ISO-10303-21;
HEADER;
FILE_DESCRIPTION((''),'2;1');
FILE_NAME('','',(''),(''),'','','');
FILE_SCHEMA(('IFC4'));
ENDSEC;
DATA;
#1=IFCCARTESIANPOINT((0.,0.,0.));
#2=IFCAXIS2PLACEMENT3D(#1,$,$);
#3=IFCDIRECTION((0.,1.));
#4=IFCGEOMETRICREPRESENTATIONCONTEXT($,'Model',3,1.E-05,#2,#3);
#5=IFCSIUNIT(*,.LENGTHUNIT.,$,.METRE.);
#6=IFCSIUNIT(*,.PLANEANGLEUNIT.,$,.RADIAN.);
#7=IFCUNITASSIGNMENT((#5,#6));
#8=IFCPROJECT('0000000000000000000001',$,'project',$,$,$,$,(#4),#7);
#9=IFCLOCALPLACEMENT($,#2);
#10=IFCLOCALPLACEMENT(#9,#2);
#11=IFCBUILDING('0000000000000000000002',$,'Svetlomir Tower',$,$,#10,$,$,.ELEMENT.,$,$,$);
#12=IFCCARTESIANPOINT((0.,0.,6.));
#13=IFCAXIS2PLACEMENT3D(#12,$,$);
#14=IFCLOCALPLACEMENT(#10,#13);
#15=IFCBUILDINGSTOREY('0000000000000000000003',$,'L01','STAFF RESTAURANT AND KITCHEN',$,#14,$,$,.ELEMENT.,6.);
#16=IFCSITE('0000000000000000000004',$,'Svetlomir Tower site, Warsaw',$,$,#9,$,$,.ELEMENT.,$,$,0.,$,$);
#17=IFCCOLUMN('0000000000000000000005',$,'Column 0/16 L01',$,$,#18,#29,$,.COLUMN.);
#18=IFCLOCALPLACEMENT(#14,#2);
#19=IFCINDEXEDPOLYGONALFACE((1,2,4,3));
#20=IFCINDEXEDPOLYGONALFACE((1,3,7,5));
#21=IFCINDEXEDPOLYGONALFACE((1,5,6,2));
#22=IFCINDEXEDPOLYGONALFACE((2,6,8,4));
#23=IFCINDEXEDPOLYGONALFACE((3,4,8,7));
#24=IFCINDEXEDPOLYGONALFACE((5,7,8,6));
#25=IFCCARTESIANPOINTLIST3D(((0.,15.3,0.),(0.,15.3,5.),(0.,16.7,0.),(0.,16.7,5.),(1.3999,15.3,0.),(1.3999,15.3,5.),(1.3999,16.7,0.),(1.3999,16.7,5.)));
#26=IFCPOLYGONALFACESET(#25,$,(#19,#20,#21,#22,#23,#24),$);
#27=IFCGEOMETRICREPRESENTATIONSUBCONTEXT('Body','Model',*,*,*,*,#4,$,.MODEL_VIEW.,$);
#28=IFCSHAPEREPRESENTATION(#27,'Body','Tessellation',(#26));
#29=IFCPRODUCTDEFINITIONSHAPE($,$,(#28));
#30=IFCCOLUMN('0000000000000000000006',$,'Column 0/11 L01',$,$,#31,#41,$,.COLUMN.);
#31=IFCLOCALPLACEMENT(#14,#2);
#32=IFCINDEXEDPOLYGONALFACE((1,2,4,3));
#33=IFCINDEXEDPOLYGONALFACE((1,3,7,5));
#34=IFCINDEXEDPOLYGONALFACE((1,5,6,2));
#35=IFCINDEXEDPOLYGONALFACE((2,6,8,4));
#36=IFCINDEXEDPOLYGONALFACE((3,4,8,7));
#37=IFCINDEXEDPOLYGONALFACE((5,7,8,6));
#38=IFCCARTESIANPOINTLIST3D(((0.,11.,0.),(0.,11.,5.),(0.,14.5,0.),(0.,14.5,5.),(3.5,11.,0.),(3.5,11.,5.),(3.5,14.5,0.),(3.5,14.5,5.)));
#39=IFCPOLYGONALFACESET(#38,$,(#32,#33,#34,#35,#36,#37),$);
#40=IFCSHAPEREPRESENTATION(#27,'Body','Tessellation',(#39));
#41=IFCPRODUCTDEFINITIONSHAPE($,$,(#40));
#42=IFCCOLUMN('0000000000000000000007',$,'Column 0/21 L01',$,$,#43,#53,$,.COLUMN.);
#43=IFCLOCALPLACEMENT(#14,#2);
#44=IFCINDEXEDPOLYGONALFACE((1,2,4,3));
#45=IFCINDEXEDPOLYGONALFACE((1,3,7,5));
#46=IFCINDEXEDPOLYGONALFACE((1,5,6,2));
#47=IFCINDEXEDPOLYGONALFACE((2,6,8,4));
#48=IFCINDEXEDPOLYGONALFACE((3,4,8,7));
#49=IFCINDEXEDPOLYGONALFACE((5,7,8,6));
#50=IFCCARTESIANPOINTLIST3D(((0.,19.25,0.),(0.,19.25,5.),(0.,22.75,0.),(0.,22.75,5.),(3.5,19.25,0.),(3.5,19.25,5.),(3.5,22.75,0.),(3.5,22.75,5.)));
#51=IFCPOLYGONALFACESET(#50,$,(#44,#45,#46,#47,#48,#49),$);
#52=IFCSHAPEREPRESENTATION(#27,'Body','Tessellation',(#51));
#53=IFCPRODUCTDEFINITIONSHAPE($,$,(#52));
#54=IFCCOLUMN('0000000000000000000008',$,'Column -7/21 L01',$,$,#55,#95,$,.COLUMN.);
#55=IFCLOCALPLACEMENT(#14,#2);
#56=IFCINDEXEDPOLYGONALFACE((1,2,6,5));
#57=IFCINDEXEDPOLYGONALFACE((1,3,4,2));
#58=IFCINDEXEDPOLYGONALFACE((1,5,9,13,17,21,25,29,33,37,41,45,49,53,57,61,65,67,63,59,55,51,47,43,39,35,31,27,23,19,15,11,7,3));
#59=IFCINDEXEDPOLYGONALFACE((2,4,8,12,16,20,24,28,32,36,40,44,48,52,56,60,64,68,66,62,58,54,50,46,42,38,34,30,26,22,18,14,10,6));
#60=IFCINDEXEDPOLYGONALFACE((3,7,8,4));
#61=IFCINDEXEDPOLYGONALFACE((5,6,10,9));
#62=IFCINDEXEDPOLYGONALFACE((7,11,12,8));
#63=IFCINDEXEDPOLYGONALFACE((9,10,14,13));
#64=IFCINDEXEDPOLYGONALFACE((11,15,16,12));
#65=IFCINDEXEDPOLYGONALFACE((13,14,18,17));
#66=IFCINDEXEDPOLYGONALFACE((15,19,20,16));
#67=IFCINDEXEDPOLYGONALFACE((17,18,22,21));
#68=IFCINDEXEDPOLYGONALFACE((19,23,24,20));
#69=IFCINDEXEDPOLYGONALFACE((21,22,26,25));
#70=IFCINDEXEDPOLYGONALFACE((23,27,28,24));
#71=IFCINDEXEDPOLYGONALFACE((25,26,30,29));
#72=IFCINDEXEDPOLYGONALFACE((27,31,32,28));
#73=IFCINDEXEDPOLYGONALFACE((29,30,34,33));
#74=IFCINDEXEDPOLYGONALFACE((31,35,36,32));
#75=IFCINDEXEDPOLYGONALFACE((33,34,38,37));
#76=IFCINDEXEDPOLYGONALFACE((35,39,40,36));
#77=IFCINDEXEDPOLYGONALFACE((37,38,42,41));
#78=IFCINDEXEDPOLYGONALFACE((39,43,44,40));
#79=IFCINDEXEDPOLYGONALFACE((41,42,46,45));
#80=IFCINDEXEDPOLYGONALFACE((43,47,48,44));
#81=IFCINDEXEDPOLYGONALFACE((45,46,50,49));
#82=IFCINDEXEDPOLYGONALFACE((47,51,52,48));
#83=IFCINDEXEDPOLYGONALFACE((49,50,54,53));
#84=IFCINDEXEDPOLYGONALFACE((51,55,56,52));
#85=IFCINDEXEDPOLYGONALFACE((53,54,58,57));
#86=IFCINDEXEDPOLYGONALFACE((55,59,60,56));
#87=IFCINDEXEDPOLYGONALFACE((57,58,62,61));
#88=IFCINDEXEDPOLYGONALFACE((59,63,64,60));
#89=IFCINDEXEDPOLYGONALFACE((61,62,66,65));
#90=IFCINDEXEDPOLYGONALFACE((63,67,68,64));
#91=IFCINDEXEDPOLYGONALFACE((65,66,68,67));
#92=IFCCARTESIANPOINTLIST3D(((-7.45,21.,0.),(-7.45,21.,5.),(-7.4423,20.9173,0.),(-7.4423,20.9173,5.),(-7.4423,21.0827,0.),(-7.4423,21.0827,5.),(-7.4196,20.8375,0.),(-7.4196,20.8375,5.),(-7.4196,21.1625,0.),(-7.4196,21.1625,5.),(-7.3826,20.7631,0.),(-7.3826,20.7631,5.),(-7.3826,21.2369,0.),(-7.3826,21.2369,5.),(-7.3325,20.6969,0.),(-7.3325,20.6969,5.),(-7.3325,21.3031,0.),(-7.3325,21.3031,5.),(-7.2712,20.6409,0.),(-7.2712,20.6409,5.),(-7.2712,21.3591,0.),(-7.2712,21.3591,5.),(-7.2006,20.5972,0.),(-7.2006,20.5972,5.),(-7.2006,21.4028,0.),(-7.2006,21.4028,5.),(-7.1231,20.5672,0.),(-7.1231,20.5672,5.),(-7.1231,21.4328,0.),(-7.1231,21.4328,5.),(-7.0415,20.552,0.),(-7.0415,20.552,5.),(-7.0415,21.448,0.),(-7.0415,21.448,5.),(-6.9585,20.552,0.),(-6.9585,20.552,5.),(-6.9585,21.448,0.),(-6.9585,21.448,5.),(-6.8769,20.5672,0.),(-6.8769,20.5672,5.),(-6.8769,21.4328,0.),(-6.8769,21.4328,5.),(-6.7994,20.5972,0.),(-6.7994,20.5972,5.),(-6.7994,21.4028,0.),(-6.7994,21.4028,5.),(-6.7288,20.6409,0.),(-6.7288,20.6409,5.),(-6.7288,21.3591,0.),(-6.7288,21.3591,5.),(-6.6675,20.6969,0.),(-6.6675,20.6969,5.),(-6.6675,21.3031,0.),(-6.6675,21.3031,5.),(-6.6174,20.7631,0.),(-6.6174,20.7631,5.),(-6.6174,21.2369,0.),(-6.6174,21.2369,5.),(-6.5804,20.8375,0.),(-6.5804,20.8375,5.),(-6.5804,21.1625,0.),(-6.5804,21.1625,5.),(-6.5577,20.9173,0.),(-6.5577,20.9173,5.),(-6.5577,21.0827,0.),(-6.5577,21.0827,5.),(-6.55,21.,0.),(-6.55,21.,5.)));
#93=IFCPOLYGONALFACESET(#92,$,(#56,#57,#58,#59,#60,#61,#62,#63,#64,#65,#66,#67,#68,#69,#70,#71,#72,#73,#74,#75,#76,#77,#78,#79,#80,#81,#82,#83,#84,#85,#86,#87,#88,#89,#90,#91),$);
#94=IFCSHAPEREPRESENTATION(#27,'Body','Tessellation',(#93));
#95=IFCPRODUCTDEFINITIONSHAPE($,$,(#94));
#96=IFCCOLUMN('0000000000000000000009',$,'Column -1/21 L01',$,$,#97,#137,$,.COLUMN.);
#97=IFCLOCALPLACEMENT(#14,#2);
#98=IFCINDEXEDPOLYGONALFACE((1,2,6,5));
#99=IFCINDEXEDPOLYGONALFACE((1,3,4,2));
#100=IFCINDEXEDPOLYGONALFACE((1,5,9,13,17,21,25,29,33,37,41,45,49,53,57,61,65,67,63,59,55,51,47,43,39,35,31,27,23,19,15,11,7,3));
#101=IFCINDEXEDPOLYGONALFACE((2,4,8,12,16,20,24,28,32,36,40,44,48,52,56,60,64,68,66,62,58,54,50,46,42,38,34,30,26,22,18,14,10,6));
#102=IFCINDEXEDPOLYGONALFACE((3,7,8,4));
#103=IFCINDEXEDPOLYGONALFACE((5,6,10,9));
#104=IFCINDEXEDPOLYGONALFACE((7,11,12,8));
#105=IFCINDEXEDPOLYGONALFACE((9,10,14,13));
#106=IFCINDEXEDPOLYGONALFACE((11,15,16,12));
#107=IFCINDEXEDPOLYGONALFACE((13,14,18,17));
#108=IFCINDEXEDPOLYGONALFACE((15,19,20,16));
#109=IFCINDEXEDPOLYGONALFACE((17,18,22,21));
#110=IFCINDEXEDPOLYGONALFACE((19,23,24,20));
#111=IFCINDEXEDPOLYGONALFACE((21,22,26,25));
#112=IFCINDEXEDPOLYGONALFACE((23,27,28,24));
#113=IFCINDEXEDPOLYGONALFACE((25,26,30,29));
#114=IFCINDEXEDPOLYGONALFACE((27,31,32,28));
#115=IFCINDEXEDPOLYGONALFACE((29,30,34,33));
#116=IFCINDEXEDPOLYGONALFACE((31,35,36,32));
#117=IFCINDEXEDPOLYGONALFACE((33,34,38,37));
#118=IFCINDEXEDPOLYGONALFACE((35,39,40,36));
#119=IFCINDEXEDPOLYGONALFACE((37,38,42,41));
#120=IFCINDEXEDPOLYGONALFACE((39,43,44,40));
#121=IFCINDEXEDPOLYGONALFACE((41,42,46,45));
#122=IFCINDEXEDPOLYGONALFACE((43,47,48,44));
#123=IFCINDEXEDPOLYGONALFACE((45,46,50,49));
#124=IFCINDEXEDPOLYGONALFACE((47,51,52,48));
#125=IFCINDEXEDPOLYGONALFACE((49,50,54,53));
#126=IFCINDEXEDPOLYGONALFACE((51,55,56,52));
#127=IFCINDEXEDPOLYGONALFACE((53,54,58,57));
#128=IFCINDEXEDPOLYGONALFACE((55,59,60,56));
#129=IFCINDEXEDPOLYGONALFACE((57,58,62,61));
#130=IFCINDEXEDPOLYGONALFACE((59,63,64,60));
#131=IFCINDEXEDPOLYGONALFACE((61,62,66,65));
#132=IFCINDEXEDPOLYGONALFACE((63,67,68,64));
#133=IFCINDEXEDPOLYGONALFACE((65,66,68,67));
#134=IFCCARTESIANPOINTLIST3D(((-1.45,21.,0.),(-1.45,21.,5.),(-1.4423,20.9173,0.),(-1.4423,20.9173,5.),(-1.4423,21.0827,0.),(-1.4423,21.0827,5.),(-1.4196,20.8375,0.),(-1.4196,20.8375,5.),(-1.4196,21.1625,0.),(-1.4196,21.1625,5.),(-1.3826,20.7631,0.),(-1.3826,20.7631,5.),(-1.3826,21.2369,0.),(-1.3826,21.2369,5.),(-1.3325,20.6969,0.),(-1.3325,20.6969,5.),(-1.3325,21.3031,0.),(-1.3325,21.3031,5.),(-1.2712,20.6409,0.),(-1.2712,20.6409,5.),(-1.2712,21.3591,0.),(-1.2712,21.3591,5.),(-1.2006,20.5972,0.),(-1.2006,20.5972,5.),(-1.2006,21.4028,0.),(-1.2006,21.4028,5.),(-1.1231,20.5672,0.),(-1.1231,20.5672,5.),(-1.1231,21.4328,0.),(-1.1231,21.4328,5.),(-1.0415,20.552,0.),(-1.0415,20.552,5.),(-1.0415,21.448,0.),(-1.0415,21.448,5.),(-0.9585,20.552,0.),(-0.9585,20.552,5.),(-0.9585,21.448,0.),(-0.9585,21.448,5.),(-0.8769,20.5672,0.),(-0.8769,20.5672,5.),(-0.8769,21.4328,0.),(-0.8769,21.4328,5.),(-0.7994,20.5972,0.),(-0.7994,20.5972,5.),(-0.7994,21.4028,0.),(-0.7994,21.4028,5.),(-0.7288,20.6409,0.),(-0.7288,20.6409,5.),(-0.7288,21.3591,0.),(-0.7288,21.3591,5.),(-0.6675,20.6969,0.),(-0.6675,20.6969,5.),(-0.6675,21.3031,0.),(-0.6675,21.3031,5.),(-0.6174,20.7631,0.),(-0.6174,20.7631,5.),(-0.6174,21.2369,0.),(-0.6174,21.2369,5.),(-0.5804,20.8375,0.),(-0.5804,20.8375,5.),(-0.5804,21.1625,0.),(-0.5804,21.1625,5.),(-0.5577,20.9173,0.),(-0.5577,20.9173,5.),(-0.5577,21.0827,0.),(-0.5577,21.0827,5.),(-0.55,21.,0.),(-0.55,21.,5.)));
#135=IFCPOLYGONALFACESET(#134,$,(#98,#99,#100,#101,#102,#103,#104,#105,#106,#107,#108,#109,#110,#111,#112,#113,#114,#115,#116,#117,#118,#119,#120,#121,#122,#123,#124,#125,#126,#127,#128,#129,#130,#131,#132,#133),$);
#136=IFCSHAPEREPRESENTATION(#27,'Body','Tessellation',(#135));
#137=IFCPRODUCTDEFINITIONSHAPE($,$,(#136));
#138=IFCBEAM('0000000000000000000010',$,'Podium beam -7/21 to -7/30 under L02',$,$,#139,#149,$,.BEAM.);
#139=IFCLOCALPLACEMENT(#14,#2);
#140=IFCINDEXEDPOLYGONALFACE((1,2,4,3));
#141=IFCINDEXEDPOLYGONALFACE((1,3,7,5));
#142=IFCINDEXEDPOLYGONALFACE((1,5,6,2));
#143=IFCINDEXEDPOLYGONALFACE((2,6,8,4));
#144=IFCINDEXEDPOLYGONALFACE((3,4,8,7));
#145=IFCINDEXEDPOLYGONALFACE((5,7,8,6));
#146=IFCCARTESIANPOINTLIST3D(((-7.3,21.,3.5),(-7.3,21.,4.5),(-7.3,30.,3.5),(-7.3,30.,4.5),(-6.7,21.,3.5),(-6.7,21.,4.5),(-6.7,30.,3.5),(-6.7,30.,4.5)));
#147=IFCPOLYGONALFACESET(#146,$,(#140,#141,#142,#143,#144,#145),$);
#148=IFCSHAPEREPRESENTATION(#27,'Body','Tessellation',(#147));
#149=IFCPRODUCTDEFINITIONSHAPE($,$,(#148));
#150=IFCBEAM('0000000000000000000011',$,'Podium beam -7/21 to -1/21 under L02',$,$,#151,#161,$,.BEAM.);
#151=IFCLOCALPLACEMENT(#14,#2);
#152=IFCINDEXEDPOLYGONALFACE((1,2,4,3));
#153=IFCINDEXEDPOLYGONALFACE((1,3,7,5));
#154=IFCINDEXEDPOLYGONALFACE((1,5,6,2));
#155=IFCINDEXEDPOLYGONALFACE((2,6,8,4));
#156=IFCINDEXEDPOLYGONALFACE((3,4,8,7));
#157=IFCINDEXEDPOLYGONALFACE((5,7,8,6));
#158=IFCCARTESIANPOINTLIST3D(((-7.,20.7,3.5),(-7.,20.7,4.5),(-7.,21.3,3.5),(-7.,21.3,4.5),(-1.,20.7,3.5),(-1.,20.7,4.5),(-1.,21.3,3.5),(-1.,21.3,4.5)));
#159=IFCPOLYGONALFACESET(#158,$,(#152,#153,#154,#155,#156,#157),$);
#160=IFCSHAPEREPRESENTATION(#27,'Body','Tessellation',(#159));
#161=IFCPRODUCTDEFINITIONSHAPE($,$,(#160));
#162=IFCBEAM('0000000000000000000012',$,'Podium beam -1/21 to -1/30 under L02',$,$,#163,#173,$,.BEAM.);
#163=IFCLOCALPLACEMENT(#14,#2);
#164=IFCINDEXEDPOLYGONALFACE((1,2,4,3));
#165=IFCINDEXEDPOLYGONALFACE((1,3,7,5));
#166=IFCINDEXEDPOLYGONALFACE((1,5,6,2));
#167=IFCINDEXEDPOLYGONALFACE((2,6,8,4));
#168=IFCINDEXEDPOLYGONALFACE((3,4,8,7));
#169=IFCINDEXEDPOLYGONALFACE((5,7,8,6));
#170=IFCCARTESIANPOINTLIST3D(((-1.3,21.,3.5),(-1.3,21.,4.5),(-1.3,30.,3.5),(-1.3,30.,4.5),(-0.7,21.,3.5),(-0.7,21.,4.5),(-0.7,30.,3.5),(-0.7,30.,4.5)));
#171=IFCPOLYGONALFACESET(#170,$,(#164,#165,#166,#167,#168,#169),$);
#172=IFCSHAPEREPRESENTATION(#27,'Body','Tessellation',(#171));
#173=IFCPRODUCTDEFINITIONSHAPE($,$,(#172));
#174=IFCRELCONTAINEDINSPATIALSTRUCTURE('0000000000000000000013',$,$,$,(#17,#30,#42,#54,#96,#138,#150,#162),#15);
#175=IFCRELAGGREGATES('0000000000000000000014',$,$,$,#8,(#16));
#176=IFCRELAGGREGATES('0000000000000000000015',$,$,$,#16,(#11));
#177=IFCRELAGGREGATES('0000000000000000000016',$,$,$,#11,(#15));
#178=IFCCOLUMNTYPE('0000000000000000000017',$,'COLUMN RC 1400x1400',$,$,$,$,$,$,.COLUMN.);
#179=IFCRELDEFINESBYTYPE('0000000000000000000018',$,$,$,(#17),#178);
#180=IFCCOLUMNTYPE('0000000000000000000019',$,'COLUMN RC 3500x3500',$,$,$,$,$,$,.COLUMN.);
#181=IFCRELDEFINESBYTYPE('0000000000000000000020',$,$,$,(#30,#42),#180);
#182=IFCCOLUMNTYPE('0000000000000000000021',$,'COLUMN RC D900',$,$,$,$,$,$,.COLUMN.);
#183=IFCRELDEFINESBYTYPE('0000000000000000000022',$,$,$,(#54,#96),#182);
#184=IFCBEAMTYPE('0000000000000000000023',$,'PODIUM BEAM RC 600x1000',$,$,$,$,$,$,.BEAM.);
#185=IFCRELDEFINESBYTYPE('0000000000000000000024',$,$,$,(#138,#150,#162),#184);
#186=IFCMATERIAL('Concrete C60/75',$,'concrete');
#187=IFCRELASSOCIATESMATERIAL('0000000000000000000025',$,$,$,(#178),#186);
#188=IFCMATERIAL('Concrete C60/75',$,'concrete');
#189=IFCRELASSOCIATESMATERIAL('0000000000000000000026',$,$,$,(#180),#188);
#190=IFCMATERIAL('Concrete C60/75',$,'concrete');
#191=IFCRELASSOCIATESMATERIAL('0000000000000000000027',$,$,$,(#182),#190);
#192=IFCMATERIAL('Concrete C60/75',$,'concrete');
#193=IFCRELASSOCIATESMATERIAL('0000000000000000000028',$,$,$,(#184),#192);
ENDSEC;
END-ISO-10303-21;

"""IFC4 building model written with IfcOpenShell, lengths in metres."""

from ifc_helpers import new_model, si_unit, direction, frame, origin, origin_2d, place, context, subcontext, project, spatial, rectangle, circle, extrude, material, material_profile, profile_set, type_object, element, save


model = new_model("IFC4")

# Units and contexts
model_context = context("Model", 3, precision=1e-05, world=origin(), true_north=direction((0.0, 1.0)))
body_context = subcontext(model_context, "Body", "Model", "MODEL_VIEW")
ifc_project = project(units=[si_unit("LENGTHUNIT", "METRE"), si_unit("PLANEANGLEUNIT", "RADIAN")], contexts=[model_context])

# Site, building, storey
site_placement = place(None, origin())
site = spatial("IfcSite", under=ifc_project, at=site_placement, Name="Svetlomir Tower site, Warsaw", CompositionType="ELEMENT", RefElevation=0.0)
building_placement = place(site_placement, origin())
building = spatial("IfcBuilding", under=site, at=building_placement, Name="Svetlomir Tower", CompositionType="ELEMENT")
storey_placement = place(building_placement, frame((0.0, 0.0, 6.0)))
storey = spatial("IfcBuildingStorey", under=building, at=storey_placement, Name="L01", Description="STAFF RESTAURANT AND KITCHEN", CompositionType="ELEMENT", Elevation=6.0)

# Columns
ifc_material_1 = material(Name="Concrete C60/75", Category="concrete")
ifc_material_profile_1 = material_profile(ifc_material_1, rectangle(XDim=1.3999, YDim=1.3999, at=origin_2d()), Name="RC 1400x1400")
ifc_profile_set_1 = profile_set([ifc_material_profile_1], Name="Concrete C60/75")
column_type_1 = type_object("IfcColumnType", Name="COLUMN RC 1400x1400", PredefinedType="COLUMN", material=ifc_profile_set_1)
column_placement = place(storey_placement, frame((0.7, 16.0, 0.0), z_axis=(0.0, 0.0, 1.0), x_axis=(1.0, 0.0, 0.0)))
element("IfcColumn", 1, at=column_placement, inside=storey, type_object=column_type_1, Name="Column 0/16 L01", PredefinedType="COLUMN", context=body_context, shape_type="SweptSolid", body=[
    extrude(rectangle(XDim=1.3999, YDim=1.3999, at=origin_2d()), origin(), (0.0, 0.0, 1.0), 5.0),
])
ifc_material_2 = material(Name="Concrete C60/75", Category="concrete")
ifc_material_profile_2 = material_profile(ifc_material_2, rectangle(XDim=3.5, YDim=3.5, at=origin_2d()), Name="RC 3500x3500")
ifc_profile_set_2 = profile_set([ifc_material_profile_2], Name="Concrete C60/75")
column_type_2 = type_object("IfcColumnType", Name="COLUMN RC 3500x3500", PredefinedType="COLUMN", material=ifc_profile_set_2)
for number, where, z_axis, x_axis, name in (
    (2, (1.75, 12.75, 0.0), (0.0, 0.0, 1.0), (1.0, 0.0, 0.0), "Column 0/11 L01"),
    (3, (1.75, 21.0, 0.0), (0.0, 0.0, 1.0), (1.0, 0.0, 0.0), "Column 0/21 L01"),
):
    element("IfcColumn", number, at=place(storey_placement, frame(where, z_axis=z_axis, x_axis=x_axis)), inside=storey, type_object=column_type_2, Name=name, PredefinedType="COLUMN", context=body_context, shape_type="SweptSolid", body=[
        extrude(rectangle(XDim=3.5, YDim=3.5, at=origin_2d()), origin(), (0.0, 0.0, 1.0), 5.0),
    ])
ifc_material_3 = material(Name="Concrete C60/75", Category="concrete")
ifc_material_profile_3 = material_profile(ifc_material_3, circle(Radius=0.45, at=origin_2d()), Name="RC D900")
ifc_profile_set_3 = profile_set([ifc_material_profile_3], Name="Concrete C60/75")
column_type_3 = type_object("IfcColumnType", Name="COLUMN RC D900", PredefinedType="COLUMN", material=ifc_profile_set_3)
for number, where, z_axis, x_axis, name in (
    (4, (-7.0, 21.0, 0.0), (0.0, 0.0, 1.0), (1.0, 0.0, 0.0), "Column -7/21 L01"),
    (5, (-1.0, 21.0, 0.0), (0.0, 0.0, 1.0), (1.0, 0.0, 0.0), "Column -1/21 L01"),
):
    element("IfcColumn", number, at=place(storey_placement, frame(where, z_axis=z_axis, x_axis=x_axis)), inside=storey, type_object=column_type_3, Name=name, PredefinedType="COLUMN", context=body_context, shape_type="SweptSolid", body=[
        extrude(circle(Radius=0.45, at=origin_2d()), origin(), (0.0, 0.0, 1.0), 5.0),
    ])

# Beams
ifc_material_4 = material(Name="Concrete C60/75", Category="concrete")
ifc_material_profile_4 = material_profile(ifc_material_4, rectangle(XDim=0.6001, YDim=1.0, at=origin_2d()), Name="RC 600x1000")
ifc_profile_set_4 = profile_set([ifc_material_profile_4], Name="Concrete C60/75")
beam_type_1 = type_object("IfcBeamType", Name="PODIUM BEAM RC 600x1000", PredefinedType="BEAM", material=ifc_profile_set_4)
beam_1_placement = place(storey_placement, frame((-7.0, 21.0, 4.0), z_axis=(0.0, 1.0, 0.0), x_axis=(-1.0, 0.0, 0.0)))
element("IfcBeam", 6, at=beam_1_placement, inside=storey, type_object=beam_type_1, Name="Podium beam -7/21 to -7/30 under L02", PredefinedType="BEAM", context=body_context, shape_type="SweptSolid", body=[
    extrude(rectangle(XDim=0.6001, YDim=1.0, at=origin_2d()), origin(), (0.0, 0.0, 1.0), 9.0),
])
beam_2_placement = place(storey_placement, frame((-7.0, 21.0, 4.0), z_axis=(1.0, 0.0, 0.0), x_axis=(0.0, 1.0, 0.0)))
element("IfcBeam", 7, at=beam_2_placement, inside=storey, type_object=beam_type_1, Name="Podium beam -7/21 to -1/21 under L02", PredefinedType="BEAM", context=body_context, shape_type="SweptSolid", body=[
    extrude(rectangle(XDim=0.6001, YDim=1.0, at=origin_2d()), origin(), (0.0, 0.0, 1.0), 6.0),
])
beam_3_placement = place(storey_placement, frame((-1.0, 21.0, 4.0), z_axis=(0.0, 1.0, 0.0), x_axis=(-1.0, 0.0, 0.0)))
element("IfcBeam", 8, at=beam_3_placement, inside=storey, type_object=beam_type_1, Name="Podium beam -1/21 to -1/30 under L02", PredefinedType="BEAM", context=body_context, shape_type="SweptSolid", body=[
    extrude(rectangle(XDim=0.6001, YDim=1.0, at=origin_2d()), origin(), (0.0, 0.0, 1.0), 9.0),
])

save(model, "model.ifc")
